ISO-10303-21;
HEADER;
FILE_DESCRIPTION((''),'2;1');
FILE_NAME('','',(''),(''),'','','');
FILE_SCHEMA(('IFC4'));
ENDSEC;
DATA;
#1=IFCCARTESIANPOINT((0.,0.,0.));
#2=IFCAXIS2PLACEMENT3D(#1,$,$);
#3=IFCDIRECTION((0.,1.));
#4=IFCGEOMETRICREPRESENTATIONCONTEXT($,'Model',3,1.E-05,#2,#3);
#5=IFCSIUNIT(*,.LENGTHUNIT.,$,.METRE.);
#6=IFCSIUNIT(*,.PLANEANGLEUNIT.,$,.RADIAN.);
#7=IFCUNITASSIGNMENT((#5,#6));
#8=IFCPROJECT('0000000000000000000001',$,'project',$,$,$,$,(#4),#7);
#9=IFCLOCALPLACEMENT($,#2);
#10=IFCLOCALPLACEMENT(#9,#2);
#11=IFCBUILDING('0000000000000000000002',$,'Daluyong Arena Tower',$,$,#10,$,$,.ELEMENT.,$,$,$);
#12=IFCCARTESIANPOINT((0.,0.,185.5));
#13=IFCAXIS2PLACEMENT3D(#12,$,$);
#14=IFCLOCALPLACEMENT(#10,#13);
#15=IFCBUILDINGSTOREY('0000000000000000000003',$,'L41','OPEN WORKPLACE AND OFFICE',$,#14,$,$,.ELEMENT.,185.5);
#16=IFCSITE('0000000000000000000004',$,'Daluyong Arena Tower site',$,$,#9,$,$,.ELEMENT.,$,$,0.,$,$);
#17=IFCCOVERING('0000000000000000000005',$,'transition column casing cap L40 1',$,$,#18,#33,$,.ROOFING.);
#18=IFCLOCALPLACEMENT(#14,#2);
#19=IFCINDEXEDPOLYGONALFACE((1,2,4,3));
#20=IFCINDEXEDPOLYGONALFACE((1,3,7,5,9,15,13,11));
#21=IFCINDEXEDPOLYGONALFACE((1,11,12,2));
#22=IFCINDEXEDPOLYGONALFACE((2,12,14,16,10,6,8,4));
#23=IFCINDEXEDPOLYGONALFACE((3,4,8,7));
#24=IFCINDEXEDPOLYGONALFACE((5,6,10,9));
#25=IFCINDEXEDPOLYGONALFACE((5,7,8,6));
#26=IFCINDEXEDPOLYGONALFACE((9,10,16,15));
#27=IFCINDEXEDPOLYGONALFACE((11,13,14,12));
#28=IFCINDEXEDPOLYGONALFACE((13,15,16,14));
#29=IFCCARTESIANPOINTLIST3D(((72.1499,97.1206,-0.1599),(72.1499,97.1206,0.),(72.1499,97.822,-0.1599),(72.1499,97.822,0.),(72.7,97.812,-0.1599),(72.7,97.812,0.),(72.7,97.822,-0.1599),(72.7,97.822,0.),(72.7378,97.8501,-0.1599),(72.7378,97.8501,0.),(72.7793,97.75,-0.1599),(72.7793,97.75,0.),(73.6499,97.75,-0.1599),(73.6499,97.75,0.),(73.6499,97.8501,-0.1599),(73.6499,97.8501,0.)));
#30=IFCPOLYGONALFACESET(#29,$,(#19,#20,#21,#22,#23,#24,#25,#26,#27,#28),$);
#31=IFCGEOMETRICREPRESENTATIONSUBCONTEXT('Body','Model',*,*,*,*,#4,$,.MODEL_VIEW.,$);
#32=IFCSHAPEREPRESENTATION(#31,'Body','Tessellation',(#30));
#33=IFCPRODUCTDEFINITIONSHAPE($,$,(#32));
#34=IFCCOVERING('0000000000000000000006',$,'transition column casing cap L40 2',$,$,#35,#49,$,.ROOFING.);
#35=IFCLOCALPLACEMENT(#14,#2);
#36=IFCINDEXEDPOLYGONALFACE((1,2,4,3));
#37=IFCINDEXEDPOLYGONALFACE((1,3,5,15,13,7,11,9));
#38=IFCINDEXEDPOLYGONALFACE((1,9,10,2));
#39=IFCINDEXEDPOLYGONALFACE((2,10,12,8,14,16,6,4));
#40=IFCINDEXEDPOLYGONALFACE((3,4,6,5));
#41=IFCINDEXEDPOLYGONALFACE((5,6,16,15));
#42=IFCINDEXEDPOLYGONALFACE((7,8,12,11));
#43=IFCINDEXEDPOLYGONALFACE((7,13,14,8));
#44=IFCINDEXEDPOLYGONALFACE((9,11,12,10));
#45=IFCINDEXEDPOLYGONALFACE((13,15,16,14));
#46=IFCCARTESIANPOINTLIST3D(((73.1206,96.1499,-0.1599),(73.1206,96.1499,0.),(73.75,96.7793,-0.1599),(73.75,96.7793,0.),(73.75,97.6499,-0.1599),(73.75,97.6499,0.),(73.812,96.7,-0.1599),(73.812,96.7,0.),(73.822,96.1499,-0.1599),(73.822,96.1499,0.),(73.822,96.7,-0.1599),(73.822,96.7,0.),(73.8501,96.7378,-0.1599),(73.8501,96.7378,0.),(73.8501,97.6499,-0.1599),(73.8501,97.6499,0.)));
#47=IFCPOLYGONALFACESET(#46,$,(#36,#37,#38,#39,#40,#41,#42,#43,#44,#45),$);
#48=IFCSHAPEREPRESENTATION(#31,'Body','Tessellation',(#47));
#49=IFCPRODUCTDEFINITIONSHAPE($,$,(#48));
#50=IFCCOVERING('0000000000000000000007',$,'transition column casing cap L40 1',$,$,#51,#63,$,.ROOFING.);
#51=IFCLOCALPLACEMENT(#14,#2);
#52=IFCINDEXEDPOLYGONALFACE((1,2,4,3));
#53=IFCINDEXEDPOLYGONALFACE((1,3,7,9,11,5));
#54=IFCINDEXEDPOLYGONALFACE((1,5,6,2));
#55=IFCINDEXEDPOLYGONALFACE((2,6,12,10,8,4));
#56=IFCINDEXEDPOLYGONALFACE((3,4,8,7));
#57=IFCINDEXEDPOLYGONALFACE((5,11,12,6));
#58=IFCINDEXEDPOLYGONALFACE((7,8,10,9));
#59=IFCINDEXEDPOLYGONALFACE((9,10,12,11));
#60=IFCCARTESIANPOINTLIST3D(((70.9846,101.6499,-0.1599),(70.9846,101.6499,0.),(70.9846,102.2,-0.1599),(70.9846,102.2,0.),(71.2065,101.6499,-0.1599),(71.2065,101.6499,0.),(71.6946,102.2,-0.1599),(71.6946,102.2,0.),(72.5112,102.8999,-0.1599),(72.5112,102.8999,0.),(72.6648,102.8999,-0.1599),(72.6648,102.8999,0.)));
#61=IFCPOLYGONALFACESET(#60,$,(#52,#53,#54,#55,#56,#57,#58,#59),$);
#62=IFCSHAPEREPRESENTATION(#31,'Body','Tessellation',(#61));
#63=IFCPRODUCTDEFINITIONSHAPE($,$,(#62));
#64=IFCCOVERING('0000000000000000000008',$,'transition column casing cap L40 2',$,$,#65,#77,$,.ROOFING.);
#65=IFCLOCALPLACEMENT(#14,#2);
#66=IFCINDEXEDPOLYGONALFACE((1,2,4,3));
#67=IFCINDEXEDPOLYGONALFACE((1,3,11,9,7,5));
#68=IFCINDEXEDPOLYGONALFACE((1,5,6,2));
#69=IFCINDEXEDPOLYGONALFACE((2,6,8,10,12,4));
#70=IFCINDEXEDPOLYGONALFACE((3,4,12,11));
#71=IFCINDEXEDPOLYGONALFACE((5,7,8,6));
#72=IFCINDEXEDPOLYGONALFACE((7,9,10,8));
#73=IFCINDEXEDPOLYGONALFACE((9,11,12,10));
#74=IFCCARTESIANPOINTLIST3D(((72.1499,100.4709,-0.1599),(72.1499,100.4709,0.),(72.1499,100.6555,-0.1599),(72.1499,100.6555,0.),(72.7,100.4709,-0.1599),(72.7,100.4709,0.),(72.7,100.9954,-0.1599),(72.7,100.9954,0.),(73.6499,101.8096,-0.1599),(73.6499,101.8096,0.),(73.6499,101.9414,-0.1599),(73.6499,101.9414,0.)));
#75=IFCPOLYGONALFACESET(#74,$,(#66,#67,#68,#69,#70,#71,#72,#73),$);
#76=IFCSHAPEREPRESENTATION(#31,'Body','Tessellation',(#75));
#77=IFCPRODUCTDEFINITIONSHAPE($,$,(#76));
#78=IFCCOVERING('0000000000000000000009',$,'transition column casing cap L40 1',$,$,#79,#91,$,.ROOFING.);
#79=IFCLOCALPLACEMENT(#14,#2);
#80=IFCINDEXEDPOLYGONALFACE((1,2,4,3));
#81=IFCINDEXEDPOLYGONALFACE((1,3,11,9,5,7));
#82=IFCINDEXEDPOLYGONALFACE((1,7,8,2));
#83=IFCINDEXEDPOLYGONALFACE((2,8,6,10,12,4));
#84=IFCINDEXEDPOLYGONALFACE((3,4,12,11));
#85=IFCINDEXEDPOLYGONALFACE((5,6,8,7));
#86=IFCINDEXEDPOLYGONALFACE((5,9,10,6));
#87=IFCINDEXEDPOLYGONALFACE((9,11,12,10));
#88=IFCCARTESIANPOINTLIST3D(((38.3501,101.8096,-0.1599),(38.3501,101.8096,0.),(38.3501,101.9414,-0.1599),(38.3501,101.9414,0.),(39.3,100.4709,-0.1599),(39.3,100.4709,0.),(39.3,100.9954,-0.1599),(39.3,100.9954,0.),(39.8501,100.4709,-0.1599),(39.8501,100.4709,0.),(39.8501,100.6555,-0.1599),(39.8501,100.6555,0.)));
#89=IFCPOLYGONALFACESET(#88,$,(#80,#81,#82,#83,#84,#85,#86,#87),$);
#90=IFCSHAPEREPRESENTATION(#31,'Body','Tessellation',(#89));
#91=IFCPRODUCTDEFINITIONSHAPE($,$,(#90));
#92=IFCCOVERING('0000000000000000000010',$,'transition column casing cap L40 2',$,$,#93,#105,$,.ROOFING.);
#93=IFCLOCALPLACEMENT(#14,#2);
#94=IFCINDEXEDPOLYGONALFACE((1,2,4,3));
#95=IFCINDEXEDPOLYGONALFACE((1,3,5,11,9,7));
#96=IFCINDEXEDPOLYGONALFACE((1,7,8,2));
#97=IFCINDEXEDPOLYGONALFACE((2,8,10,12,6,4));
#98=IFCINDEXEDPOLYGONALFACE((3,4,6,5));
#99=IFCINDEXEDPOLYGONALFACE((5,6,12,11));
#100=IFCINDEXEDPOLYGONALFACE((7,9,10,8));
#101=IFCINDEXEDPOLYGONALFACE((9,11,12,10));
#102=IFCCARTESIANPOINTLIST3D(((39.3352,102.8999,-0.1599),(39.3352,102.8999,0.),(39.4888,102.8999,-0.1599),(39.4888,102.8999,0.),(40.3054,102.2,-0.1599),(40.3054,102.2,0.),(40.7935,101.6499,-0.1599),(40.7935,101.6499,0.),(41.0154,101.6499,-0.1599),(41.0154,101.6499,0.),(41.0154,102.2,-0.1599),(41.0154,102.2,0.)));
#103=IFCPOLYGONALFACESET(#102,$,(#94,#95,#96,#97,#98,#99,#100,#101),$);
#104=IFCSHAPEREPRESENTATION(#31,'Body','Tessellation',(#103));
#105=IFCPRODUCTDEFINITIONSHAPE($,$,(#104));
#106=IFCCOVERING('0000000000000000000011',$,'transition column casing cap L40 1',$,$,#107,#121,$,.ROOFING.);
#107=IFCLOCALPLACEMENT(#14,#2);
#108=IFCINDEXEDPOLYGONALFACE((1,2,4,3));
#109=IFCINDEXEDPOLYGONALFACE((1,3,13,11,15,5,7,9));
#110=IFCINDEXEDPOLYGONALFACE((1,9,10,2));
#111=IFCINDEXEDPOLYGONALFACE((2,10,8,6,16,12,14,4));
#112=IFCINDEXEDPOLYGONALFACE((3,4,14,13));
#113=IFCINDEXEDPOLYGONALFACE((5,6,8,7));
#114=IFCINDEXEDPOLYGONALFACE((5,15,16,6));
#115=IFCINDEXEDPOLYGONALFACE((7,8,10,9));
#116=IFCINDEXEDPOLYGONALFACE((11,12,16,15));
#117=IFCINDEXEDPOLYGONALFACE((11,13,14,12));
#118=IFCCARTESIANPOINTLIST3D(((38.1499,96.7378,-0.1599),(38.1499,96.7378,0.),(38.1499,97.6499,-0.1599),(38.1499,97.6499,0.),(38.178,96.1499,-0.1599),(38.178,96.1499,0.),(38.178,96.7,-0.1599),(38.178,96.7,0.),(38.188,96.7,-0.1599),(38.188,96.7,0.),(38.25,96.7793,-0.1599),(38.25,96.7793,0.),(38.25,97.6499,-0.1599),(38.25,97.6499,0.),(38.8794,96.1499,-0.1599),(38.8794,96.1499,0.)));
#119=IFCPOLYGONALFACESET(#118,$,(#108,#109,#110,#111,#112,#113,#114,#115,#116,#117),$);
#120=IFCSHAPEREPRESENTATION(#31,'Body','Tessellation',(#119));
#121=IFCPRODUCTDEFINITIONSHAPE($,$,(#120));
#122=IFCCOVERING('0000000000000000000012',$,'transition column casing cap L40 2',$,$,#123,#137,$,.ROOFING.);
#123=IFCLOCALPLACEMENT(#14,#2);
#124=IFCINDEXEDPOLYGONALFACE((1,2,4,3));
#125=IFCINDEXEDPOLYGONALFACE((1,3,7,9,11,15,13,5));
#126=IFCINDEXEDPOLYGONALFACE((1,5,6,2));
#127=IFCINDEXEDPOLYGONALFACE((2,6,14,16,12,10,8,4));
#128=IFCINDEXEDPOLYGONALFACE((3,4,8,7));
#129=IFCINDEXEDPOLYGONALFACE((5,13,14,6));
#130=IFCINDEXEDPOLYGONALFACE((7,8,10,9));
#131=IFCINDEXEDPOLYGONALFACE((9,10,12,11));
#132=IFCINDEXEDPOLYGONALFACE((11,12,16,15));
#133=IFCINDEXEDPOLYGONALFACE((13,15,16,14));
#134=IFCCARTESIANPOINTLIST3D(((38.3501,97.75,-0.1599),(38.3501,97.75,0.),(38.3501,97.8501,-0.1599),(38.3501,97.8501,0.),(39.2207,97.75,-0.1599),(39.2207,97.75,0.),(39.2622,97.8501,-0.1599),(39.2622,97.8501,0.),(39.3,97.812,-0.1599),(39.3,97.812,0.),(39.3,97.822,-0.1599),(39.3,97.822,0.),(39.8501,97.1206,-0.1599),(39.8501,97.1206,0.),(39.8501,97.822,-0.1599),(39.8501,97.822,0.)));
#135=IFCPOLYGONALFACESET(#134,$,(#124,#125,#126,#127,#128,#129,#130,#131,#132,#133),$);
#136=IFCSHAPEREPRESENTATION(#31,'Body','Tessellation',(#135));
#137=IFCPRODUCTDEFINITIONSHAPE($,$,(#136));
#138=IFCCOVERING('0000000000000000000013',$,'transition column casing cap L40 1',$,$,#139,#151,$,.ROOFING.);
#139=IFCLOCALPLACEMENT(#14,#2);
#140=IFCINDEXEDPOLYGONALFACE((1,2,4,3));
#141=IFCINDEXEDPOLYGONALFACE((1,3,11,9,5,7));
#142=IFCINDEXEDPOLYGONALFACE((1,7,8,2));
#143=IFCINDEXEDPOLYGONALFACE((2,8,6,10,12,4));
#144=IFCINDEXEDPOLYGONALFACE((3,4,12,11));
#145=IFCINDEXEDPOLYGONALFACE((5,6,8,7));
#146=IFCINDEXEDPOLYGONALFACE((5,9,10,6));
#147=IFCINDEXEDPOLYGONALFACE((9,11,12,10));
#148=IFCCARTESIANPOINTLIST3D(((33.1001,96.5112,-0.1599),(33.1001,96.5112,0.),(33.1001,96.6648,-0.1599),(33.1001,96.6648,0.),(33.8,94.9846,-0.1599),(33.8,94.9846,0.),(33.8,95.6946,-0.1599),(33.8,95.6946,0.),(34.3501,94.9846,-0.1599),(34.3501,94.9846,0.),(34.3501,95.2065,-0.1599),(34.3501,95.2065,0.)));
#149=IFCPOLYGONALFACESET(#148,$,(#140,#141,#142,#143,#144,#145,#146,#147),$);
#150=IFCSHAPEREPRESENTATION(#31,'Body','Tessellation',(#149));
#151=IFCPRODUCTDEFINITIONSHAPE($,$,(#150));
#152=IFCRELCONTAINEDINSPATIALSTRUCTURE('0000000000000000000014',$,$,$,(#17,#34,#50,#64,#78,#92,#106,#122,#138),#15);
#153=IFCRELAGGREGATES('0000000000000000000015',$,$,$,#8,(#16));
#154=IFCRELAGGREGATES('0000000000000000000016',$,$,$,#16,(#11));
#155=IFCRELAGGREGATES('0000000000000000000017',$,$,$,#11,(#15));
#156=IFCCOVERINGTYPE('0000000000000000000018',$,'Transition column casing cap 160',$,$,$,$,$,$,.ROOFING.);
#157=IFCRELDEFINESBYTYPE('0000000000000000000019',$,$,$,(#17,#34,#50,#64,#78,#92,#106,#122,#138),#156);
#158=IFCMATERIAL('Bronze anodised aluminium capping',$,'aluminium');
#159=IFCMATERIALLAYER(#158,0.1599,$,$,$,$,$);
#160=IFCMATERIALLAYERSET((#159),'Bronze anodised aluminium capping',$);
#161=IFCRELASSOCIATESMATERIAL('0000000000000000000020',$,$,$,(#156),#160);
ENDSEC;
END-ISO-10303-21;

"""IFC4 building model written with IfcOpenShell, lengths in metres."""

from ifc_helpers import new_model, si_unit, direction, frame, origin, place, context, subcontext, project, spatial, polyline, outline, extrude, material, layer, layer_set, type_object, element, save


model = new_model("IFC4")

# Units and contexts
model_context = context("Model", 3, precision=1e-05, world=origin(), true_north=direction((0.0, 1.0)))
body_context = subcontext(model_context, "Body", "Model", "MODEL_VIEW")
ifc_project = project(units=[si_unit("LENGTHUNIT", "METRE"), si_unit("PLANEANGLEUNIT", "RADIAN")], contexts=[model_context])

# Site, building, storey
site_placement = place(None, origin())
site = spatial("IfcSite", under=ifc_project, at=site_placement, Name="Daluyong Arena Tower site", CompositionType="ELEMENT", RefElevation=0.0)
building_placement = place(site_placement, origin())
building = spatial("IfcBuilding", under=site, at=building_placement, Name="Daluyong Arena Tower", CompositionType="ELEMENT")
storey_placement = place(building_placement, frame((0.0, 0.0, 185.5)))
storey = spatial("IfcBuildingStorey", under=building, at=storey_placement, Name="L41", Description="OPEN WORKPLACE AND OFFICE", CompositionType="ELEMENT", Elevation=185.5)

# Coverings
ifc_material_1 = material(Name="Bronze anodised aluminium capping", Category="aluminium")
ifc_layer_1 = layer(ifc_material_1, 0.1599)
ifc_layer_set_1 = layer_set([ifc_layer_1], Name="Bronze anodised aluminium capping")
covering_type = type_object("IfcCoveringType", Name="Transition column casing cap 160", PredefinedType="ROOFING", material=ifc_layer_set_1)
covering_1_placement = place(storey_placement, frame((0.0, 0.0, -0.1599)))
element("IfcCovering", 1, at=covering_1_placement, inside=storey, type_object=covering_type, Name="transition column casing cap L40 1", PredefinedType="ROOFING", context=body_context, shape_type="SweptSolid", body=[
    extrude(outline(polyline([(72.7, 97.822), (72.7, 97.812), (72.7378, 97.8501), (73.6499, 97.8501), (73.6499, 97.75), (72.7793, 97.75), (72.1499, 97.1206), (72.1499, 97.822), (72.7, 97.822)])), origin(), (0.0, 0.0, 1.0), 0.1599),
])
covering_2_placement = place(storey_placement, frame((0.0, 0.0, -0.1599)))
element("IfcCovering", 2, at=covering_2_placement, inside=storey, type_object=covering_type, Name="transition column casing cap L40 2", PredefinedType="ROOFING", context=body_context, shape_type="SweptSolid", body=[
    extrude(outline(polyline([(73.812, 96.7), (73.822, 96.7), (73.822, 96.1499), (73.1206, 96.1499), (73.75, 96.7793), (73.75, 97.6499), (73.8501, 97.6499), (73.8501, 96.7378), (73.812, 96.7)])), origin(), (0.0, 0.0, 1.0), 0.1599),
])
covering_3_placement = place(storey_placement, frame((0.0, 0.0, -0.1599)))
element("IfcCovering", 3, at=covering_3_placement, inside=storey, type_object=covering_type, Name="transition column casing cap L40 1", PredefinedType="ROOFING", context=body_context, shape_type="SweptSolid", body=[
    extrude(outline(polyline([(70.9846, 102.2), (71.6946, 102.2), (72.5112, 102.8999), (72.6648, 102.8999), (71.2065, 101.6499), (70.9846, 101.6499), (70.9846, 102.2)])), origin(), (0.0, 0.0, 1.0), 0.1599),
])
covering_4_placement = place(storey_placement, frame((0.0, 0.0, -0.1599)))
element("IfcCovering", 4, at=covering_4_placement, inside=storey, type_object=covering_type, Name="transition column casing cap L40 2", PredefinedType="ROOFING", context=body_context, shape_type="SweptSolid", body=[
    extrude(outline(polyline([(72.7, 100.4709), (72.1499, 100.4709), (72.1499, 100.6555), (73.6499, 101.9414), (73.6499, 101.8096), (72.7, 100.9954), (72.7, 100.4709)])), origin(), (0.0, 0.0, 1.0), 0.1599),
])
covering_5_placement = place(storey_placement, frame((0.0, 0.0, -0.1599)))
element("IfcCovering", 5, at=covering_5_placement, inside=storey, type_object=covering_type, Name="transition column casing cap L40 1", PredefinedType="ROOFING", context=body_context, shape_type="SweptSolid", body=[
    extrude(outline(polyline([(39.3, 100.4709), (39.3, 100.9954), (38.3501, 101.8096), (38.3501, 101.9414), (39.8501, 100.6555), (39.8501, 100.4709), (39.3, 100.4709)])), origin(), (0.0, 0.0, 1.0), 0.1599),
])
covering_6_placement = place(storey_placement, frame((0.0, 0.0, -0.1599)))
element("IfcCovering", 6, at=covering_6_placement, inside=storey, type_object=covering_type, Name="transition column casing cap L40 2", PredefinedType="ROOFING", context=body_context, shape_type="SweptSolid", body=[
    extrude(outline(polyline([(41.0154, 102.2), (41.0154, 101.6499), (40.7935, 101.6499), (39.3352, 102.8999), (39.4888, 102.8999), (40.3054, 102.2), (41.0154, 102.2)])), origin(), (0.0, 0.0, 1.0), 0.1599),
])
covering_7_placement = place(storey_placement, frame((0.0, 0.0, -0.1599)))
element("IfcCovering", 7, at=covering_7_placement, inside=storey, type_object=covering_type, Name="transition column casing cap L40 1", PredefinedType="ROOFING", context=body_context, shape_type="SweptSolid", body=[
    extrude(outline(polyline([(38.188, 96.7), (38.1499, 96.7378), (38.1499, 97.6499), (38.25, 97.6499), (38.25, 96.7793), (38.8794, 96.1499), (38.178, 96.1499), (38.178, 96.7), (38.188, 96.7)])), origin(), (0.0, 0.0, 1.0), 0.1599),
])
covering_8_placement = place(storey_placement, frame((0.0, 0.0, -0.1599)))
element("IfcCovering", 8, at=covering_8_placement, inside=storey, type_object=covering_type, Name="transition column casing cap L40 2", PredefinedType="ROOFING", context=body_context, shape_type="SweptSolid", body=[
    extrude(outline(polyline([(39.3, 97.812), (39.3, 97.822), (39.8501, 97.822), (39.8501, 97.1206), (39.2207, 97.75), (38.3501, 97.75), (38.3501, 97.8501), (39.2622, 97.8501), (39.3, 97.812)])), origin(), (0.0, 0.0, 1.0), 0.1599),
])
covering_9_placement = place(storey_placement, frame((0.0, 0.0, -0.1599)))
element("IfcCovering", 9, at=covering_9_placement, inside=storey, type_object=covering_type, Name="transition column casing cap L40 1", PredefinedType="ROOFING", context=body_context, shape_type="SweptSolid", body=[
    extrude(outline(polyline([(33.8, 94.9846), (33.8, 95.6946), (33.1001, 96.5112), (33.1001, 96.6648), (34.3501, 95.2065), (34.3501, 94.9846), (33.8, 94.9846)])), origin(), (0.0, 0.0, 1.0), 0.1599),
])

save(model, "model.ifc")
